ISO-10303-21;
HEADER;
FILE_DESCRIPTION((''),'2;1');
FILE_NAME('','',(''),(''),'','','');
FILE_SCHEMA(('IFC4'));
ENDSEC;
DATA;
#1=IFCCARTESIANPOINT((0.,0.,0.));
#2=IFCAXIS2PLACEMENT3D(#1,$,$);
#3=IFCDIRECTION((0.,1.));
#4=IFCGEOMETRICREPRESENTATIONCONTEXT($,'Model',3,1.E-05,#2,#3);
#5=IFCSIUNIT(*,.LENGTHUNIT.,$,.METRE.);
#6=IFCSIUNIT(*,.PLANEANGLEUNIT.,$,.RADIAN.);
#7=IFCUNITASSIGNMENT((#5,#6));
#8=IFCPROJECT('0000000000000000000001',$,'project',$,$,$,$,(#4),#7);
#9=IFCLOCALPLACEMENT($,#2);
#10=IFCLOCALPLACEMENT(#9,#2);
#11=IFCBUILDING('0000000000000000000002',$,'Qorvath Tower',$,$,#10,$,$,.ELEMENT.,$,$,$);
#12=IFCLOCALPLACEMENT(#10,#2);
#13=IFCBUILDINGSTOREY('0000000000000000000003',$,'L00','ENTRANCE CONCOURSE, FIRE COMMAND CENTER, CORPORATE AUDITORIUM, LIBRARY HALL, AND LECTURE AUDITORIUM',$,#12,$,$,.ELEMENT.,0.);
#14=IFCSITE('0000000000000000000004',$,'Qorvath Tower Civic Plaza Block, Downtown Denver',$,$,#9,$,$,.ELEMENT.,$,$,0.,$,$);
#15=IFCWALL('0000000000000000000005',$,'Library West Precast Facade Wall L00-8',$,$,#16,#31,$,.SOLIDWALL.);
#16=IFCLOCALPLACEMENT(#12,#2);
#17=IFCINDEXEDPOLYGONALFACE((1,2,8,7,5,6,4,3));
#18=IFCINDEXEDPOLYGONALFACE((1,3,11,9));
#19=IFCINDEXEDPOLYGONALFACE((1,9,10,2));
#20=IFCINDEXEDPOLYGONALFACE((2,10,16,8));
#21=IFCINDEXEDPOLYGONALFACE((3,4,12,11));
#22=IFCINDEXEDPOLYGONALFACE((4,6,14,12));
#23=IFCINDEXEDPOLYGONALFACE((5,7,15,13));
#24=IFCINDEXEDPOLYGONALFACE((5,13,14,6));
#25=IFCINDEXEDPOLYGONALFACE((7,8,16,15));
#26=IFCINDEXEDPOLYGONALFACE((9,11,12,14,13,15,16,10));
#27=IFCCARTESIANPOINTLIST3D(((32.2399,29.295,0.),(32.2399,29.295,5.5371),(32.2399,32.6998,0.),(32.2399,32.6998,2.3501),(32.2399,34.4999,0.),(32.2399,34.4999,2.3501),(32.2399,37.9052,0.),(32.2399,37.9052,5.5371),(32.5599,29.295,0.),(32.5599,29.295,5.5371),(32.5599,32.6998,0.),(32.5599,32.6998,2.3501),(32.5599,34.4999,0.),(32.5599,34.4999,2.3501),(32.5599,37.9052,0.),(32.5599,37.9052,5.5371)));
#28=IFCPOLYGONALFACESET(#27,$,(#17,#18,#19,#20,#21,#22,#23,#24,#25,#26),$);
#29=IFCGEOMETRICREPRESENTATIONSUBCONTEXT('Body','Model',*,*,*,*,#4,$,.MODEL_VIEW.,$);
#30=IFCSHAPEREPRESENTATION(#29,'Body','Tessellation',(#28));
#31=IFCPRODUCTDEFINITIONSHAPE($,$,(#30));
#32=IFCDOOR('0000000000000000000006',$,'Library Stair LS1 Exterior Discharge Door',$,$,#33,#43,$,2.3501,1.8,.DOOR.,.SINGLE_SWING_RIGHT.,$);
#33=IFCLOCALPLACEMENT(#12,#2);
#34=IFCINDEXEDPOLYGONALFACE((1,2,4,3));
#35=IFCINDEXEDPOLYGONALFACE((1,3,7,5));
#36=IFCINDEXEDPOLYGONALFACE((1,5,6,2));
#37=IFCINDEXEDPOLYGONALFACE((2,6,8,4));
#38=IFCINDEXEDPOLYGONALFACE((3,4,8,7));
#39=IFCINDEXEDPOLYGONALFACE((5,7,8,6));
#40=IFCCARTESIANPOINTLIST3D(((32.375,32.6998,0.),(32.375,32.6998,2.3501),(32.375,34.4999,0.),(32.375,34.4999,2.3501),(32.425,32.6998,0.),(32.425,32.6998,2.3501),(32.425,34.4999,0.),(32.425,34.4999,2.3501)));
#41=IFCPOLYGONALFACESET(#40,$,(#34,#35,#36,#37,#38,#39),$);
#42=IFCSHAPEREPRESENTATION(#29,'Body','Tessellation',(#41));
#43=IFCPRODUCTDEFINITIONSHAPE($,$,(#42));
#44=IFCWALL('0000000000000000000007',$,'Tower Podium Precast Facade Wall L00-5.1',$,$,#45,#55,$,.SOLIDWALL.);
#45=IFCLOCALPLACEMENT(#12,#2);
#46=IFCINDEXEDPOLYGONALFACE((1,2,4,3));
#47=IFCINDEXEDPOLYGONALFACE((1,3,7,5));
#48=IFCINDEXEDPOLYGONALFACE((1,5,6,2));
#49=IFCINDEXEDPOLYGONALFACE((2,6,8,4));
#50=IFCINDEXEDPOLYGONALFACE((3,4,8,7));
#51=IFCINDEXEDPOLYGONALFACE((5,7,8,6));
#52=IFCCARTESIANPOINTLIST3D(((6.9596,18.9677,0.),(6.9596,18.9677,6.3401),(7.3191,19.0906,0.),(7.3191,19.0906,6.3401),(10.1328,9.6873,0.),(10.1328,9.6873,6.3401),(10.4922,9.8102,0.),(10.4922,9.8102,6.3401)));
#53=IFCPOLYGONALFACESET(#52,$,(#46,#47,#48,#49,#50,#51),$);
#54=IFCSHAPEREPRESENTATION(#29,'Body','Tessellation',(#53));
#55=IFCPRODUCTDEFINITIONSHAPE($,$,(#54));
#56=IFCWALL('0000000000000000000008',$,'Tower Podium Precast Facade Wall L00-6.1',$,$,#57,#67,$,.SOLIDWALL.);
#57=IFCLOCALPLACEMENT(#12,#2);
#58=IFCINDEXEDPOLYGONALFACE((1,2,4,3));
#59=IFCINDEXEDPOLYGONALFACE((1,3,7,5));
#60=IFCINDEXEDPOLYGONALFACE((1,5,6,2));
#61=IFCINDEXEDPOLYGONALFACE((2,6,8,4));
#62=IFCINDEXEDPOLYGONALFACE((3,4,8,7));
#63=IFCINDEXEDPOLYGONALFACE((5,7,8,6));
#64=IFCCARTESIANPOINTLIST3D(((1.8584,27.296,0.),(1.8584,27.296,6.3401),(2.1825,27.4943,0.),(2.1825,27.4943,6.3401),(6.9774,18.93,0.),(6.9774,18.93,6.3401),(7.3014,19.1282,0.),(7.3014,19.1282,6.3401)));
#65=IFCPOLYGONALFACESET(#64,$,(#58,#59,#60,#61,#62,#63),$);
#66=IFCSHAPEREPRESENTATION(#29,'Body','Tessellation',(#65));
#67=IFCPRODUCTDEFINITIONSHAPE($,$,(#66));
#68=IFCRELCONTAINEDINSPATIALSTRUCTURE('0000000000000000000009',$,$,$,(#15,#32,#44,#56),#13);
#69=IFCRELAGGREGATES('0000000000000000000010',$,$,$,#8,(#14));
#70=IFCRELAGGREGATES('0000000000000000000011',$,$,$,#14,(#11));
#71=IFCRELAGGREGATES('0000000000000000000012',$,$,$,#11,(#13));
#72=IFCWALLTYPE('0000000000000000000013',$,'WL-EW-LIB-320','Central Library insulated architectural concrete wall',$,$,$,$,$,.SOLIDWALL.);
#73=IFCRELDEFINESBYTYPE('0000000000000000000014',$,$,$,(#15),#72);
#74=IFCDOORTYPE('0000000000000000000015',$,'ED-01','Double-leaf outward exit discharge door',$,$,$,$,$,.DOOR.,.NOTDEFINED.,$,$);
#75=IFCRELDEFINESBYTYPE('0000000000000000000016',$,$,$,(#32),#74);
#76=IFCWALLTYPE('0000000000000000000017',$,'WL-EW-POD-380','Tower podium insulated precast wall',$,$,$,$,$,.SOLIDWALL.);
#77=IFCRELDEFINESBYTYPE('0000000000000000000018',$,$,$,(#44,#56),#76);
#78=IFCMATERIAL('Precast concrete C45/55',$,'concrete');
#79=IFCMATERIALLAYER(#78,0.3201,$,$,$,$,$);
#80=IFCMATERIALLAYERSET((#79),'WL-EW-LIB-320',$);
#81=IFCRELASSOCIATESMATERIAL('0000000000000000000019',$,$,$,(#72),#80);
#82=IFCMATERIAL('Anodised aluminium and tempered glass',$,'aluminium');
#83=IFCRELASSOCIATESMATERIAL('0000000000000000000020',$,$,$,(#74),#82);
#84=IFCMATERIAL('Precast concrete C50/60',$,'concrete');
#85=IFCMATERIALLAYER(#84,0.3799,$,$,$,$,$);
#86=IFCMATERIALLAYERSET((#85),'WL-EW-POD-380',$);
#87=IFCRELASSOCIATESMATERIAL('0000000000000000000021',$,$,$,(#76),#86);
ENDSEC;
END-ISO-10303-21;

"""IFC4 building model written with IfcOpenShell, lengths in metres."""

from ifc_helpers import new_model, si_unit, direction, frame, frame_2d, origin, place, context, subcontext, project, spatial, rectangle, extrude, material, layer, layer_set, type_object, element, fill, save


model = new_model("IFC4")

# Units and contexts
model_context = context("Model", 3, precision=1e-05, world=origin(), true_north=direction((0.0, 1.0)))
body_context = subcontext(model_context, "Body", "Model", "MODEL_VIEW")
ifc_project = project(units=[si_unit("LENGTHUNIT", "METRE"), si_unit("PLANEANGLEUNIT", "RADIAN")], contexts=[model_context])

# Site, building, storey
site_placement = place(None, origin())
site = spatial("IfcSite", under=ifc_project, at=site_placement, Name="Qorvath Tower Civic Plaza Block, Downtown Denver", CompositionType="ELEMENT", RefElevation=0.0)
building_placement = place(site_placement, origin())
building = spatial("IfcBuilding", under=site, at=building_placement, Name="Qorvath Tower", CompositionType="ELEMENT")
storey_placement = place(building_placement, origin())
storey = spatial("IfcBuildingStorey", under=building, at=storey_placement, Name="L00", Description="ENTRANCE CONCOURSE, FIRE COMMAND CENTER, CORPORATE AUDITORIUM, LIBRARY HALL, AND LECTURE AUDITORIUM", CompositionType="ELEMENT", Elevation=0.0)

# Shared definitions
ifc_material_1 = material(Name="Precast concrete C45/55", Category="concrete")
ifc_layer_1 = layer(ifc_material_1, 0.3201)
ifc_layer_set_1 = layer_set([ifc_layer_1], Name="WL-EW-LIB-320")
wall_type_1 = type_object("IfcWallType", Name="WL-EW-LIB-320", Description="Central Library insulated architectural concrete wall", PredefinedType="SOLIDWALL", material=ifc_layer_set_1)

# Wall, opening, door
wall_1_placement = place(storey_placement, frame((32.3999, 29.2949, 0.0), z_axis=(0.0, 0.0, 1.0), x_axis=(0.0, 1.0, 0.0)))
wall_1 = element("IfcWall", 1, at=wall_1_placement, inside=storey, type_object=wall_type_1, Name="Library West Precast Facade Wall L00-8", PredefinedType="SOLIDWALL", context=body_context, shape_type="SweptSolid", body=[
    extrude(rectangle(XDim=8.6101, YDim=0.3201, at=frame_2d((4.3052, 0.0))), origin(), (0.0, 0.0, 1.0), 5.5371),
])
opening_placement = place(wall_1_placement, frame((3.405, 0.0, 0.0)))
opening = element("IfcOpeningElement", 2, at=opening_placement, cuts=wall_1, PredefinedType="OPENING", context=body_context, shape_type="SweptSolid", body=[
    extrude(rectangle(XDim=1.8, YDim=2.3501, at=frame_2d((0.8999, 1.175))), frame((0.0, 0.1699, 0.0), z_axis=(0.0, -1.0, 0.0), x_axis=(1.0, 0.0, 0.0)), (0.0, 0.0, 1.0), 0.3401),
])
ifc_material_2 = material(Name="Anodised aluminium and tempered glass", Category="aluminium")
door_type = type_object("IfcDoorType", Name="ED-01", Description="Double-leaf outward exit discharge door", OperationType="NOTDEFINED", PredefinedType="DOOR", material=ifc_material_2)
door_placement = place(opening_placement, origin())
door = element("IfcDoor", 3, at=door_placement, inside=storey, type_object=door_type, Name="Library Stair LS1 Exterior Discharge Door", OperationType="SINGLE_SWING_RIGHT", OverallHeight=2.3501, OverallWidth=1.8, PredefinedType="DOOR", context=body_context, shape_type="SweptSolid", body=[
    extrude(rectangle(XDim=1.8, YDim=2.3501, at=frame_2d((0.8999, 1.175))), frame((0.0, 0.0249, 0.0), z_axis=(0.0, -1.0, 0.0), x_axis=(1.0, 0.0, 0.0)), (0.0, 0.0, 1.0), 0.05),
])
fill(opening, door)

# Walls
ifc_material_3 = material(Name="Precast concrete C50/60", Category="concrete")
ifc_layer_2 = layer(ifc_material_3, 0.3799)
ifc_layer_set_2 = layer_set([ifc_layer_2], Name="WL-EW-POD-380")
wall_type_2 = type_object("IfcWallType", Name="WL-EW-POD-380", Description="Tower podium insulated precast wall", PredefinedType="SOLIDWALL", material=ifc_layer_set_2)
for number, where, z_axis, x_axis, name in (
    (4, (7.1394, 19.0291, 0.0), (0.0, 0.0, 1.0), (0.323529, -0.946218, 0.0), "Tower Podium Precast Facade Wall L00-5.1"),
    (5, (2.0205, 27.395, 0.0), (0.0, 0.0, 1.0), (0.521922, -0.852993, 0.0), "Tower Podium Precast Facade Wall L00-6.1"),
):
    element("IfcWall", number, at=place(storey_placement, frame(where, z_axis=z_axis, x_axis=x_axis)), inside=storey, type_object=wall_type_2, Name=name, PredefinedType="SOLIDWALL", context=body_context, shape_type="SweptSolid", body=[
        extrude(rectangle(XDim=9.8079, YDim=0.3799, at=frame_2d((4.9038, 0.0))), origin(), (0.0, 0.0, 1.0), 6.3401),
    ])

save(model, "model.ifc")
